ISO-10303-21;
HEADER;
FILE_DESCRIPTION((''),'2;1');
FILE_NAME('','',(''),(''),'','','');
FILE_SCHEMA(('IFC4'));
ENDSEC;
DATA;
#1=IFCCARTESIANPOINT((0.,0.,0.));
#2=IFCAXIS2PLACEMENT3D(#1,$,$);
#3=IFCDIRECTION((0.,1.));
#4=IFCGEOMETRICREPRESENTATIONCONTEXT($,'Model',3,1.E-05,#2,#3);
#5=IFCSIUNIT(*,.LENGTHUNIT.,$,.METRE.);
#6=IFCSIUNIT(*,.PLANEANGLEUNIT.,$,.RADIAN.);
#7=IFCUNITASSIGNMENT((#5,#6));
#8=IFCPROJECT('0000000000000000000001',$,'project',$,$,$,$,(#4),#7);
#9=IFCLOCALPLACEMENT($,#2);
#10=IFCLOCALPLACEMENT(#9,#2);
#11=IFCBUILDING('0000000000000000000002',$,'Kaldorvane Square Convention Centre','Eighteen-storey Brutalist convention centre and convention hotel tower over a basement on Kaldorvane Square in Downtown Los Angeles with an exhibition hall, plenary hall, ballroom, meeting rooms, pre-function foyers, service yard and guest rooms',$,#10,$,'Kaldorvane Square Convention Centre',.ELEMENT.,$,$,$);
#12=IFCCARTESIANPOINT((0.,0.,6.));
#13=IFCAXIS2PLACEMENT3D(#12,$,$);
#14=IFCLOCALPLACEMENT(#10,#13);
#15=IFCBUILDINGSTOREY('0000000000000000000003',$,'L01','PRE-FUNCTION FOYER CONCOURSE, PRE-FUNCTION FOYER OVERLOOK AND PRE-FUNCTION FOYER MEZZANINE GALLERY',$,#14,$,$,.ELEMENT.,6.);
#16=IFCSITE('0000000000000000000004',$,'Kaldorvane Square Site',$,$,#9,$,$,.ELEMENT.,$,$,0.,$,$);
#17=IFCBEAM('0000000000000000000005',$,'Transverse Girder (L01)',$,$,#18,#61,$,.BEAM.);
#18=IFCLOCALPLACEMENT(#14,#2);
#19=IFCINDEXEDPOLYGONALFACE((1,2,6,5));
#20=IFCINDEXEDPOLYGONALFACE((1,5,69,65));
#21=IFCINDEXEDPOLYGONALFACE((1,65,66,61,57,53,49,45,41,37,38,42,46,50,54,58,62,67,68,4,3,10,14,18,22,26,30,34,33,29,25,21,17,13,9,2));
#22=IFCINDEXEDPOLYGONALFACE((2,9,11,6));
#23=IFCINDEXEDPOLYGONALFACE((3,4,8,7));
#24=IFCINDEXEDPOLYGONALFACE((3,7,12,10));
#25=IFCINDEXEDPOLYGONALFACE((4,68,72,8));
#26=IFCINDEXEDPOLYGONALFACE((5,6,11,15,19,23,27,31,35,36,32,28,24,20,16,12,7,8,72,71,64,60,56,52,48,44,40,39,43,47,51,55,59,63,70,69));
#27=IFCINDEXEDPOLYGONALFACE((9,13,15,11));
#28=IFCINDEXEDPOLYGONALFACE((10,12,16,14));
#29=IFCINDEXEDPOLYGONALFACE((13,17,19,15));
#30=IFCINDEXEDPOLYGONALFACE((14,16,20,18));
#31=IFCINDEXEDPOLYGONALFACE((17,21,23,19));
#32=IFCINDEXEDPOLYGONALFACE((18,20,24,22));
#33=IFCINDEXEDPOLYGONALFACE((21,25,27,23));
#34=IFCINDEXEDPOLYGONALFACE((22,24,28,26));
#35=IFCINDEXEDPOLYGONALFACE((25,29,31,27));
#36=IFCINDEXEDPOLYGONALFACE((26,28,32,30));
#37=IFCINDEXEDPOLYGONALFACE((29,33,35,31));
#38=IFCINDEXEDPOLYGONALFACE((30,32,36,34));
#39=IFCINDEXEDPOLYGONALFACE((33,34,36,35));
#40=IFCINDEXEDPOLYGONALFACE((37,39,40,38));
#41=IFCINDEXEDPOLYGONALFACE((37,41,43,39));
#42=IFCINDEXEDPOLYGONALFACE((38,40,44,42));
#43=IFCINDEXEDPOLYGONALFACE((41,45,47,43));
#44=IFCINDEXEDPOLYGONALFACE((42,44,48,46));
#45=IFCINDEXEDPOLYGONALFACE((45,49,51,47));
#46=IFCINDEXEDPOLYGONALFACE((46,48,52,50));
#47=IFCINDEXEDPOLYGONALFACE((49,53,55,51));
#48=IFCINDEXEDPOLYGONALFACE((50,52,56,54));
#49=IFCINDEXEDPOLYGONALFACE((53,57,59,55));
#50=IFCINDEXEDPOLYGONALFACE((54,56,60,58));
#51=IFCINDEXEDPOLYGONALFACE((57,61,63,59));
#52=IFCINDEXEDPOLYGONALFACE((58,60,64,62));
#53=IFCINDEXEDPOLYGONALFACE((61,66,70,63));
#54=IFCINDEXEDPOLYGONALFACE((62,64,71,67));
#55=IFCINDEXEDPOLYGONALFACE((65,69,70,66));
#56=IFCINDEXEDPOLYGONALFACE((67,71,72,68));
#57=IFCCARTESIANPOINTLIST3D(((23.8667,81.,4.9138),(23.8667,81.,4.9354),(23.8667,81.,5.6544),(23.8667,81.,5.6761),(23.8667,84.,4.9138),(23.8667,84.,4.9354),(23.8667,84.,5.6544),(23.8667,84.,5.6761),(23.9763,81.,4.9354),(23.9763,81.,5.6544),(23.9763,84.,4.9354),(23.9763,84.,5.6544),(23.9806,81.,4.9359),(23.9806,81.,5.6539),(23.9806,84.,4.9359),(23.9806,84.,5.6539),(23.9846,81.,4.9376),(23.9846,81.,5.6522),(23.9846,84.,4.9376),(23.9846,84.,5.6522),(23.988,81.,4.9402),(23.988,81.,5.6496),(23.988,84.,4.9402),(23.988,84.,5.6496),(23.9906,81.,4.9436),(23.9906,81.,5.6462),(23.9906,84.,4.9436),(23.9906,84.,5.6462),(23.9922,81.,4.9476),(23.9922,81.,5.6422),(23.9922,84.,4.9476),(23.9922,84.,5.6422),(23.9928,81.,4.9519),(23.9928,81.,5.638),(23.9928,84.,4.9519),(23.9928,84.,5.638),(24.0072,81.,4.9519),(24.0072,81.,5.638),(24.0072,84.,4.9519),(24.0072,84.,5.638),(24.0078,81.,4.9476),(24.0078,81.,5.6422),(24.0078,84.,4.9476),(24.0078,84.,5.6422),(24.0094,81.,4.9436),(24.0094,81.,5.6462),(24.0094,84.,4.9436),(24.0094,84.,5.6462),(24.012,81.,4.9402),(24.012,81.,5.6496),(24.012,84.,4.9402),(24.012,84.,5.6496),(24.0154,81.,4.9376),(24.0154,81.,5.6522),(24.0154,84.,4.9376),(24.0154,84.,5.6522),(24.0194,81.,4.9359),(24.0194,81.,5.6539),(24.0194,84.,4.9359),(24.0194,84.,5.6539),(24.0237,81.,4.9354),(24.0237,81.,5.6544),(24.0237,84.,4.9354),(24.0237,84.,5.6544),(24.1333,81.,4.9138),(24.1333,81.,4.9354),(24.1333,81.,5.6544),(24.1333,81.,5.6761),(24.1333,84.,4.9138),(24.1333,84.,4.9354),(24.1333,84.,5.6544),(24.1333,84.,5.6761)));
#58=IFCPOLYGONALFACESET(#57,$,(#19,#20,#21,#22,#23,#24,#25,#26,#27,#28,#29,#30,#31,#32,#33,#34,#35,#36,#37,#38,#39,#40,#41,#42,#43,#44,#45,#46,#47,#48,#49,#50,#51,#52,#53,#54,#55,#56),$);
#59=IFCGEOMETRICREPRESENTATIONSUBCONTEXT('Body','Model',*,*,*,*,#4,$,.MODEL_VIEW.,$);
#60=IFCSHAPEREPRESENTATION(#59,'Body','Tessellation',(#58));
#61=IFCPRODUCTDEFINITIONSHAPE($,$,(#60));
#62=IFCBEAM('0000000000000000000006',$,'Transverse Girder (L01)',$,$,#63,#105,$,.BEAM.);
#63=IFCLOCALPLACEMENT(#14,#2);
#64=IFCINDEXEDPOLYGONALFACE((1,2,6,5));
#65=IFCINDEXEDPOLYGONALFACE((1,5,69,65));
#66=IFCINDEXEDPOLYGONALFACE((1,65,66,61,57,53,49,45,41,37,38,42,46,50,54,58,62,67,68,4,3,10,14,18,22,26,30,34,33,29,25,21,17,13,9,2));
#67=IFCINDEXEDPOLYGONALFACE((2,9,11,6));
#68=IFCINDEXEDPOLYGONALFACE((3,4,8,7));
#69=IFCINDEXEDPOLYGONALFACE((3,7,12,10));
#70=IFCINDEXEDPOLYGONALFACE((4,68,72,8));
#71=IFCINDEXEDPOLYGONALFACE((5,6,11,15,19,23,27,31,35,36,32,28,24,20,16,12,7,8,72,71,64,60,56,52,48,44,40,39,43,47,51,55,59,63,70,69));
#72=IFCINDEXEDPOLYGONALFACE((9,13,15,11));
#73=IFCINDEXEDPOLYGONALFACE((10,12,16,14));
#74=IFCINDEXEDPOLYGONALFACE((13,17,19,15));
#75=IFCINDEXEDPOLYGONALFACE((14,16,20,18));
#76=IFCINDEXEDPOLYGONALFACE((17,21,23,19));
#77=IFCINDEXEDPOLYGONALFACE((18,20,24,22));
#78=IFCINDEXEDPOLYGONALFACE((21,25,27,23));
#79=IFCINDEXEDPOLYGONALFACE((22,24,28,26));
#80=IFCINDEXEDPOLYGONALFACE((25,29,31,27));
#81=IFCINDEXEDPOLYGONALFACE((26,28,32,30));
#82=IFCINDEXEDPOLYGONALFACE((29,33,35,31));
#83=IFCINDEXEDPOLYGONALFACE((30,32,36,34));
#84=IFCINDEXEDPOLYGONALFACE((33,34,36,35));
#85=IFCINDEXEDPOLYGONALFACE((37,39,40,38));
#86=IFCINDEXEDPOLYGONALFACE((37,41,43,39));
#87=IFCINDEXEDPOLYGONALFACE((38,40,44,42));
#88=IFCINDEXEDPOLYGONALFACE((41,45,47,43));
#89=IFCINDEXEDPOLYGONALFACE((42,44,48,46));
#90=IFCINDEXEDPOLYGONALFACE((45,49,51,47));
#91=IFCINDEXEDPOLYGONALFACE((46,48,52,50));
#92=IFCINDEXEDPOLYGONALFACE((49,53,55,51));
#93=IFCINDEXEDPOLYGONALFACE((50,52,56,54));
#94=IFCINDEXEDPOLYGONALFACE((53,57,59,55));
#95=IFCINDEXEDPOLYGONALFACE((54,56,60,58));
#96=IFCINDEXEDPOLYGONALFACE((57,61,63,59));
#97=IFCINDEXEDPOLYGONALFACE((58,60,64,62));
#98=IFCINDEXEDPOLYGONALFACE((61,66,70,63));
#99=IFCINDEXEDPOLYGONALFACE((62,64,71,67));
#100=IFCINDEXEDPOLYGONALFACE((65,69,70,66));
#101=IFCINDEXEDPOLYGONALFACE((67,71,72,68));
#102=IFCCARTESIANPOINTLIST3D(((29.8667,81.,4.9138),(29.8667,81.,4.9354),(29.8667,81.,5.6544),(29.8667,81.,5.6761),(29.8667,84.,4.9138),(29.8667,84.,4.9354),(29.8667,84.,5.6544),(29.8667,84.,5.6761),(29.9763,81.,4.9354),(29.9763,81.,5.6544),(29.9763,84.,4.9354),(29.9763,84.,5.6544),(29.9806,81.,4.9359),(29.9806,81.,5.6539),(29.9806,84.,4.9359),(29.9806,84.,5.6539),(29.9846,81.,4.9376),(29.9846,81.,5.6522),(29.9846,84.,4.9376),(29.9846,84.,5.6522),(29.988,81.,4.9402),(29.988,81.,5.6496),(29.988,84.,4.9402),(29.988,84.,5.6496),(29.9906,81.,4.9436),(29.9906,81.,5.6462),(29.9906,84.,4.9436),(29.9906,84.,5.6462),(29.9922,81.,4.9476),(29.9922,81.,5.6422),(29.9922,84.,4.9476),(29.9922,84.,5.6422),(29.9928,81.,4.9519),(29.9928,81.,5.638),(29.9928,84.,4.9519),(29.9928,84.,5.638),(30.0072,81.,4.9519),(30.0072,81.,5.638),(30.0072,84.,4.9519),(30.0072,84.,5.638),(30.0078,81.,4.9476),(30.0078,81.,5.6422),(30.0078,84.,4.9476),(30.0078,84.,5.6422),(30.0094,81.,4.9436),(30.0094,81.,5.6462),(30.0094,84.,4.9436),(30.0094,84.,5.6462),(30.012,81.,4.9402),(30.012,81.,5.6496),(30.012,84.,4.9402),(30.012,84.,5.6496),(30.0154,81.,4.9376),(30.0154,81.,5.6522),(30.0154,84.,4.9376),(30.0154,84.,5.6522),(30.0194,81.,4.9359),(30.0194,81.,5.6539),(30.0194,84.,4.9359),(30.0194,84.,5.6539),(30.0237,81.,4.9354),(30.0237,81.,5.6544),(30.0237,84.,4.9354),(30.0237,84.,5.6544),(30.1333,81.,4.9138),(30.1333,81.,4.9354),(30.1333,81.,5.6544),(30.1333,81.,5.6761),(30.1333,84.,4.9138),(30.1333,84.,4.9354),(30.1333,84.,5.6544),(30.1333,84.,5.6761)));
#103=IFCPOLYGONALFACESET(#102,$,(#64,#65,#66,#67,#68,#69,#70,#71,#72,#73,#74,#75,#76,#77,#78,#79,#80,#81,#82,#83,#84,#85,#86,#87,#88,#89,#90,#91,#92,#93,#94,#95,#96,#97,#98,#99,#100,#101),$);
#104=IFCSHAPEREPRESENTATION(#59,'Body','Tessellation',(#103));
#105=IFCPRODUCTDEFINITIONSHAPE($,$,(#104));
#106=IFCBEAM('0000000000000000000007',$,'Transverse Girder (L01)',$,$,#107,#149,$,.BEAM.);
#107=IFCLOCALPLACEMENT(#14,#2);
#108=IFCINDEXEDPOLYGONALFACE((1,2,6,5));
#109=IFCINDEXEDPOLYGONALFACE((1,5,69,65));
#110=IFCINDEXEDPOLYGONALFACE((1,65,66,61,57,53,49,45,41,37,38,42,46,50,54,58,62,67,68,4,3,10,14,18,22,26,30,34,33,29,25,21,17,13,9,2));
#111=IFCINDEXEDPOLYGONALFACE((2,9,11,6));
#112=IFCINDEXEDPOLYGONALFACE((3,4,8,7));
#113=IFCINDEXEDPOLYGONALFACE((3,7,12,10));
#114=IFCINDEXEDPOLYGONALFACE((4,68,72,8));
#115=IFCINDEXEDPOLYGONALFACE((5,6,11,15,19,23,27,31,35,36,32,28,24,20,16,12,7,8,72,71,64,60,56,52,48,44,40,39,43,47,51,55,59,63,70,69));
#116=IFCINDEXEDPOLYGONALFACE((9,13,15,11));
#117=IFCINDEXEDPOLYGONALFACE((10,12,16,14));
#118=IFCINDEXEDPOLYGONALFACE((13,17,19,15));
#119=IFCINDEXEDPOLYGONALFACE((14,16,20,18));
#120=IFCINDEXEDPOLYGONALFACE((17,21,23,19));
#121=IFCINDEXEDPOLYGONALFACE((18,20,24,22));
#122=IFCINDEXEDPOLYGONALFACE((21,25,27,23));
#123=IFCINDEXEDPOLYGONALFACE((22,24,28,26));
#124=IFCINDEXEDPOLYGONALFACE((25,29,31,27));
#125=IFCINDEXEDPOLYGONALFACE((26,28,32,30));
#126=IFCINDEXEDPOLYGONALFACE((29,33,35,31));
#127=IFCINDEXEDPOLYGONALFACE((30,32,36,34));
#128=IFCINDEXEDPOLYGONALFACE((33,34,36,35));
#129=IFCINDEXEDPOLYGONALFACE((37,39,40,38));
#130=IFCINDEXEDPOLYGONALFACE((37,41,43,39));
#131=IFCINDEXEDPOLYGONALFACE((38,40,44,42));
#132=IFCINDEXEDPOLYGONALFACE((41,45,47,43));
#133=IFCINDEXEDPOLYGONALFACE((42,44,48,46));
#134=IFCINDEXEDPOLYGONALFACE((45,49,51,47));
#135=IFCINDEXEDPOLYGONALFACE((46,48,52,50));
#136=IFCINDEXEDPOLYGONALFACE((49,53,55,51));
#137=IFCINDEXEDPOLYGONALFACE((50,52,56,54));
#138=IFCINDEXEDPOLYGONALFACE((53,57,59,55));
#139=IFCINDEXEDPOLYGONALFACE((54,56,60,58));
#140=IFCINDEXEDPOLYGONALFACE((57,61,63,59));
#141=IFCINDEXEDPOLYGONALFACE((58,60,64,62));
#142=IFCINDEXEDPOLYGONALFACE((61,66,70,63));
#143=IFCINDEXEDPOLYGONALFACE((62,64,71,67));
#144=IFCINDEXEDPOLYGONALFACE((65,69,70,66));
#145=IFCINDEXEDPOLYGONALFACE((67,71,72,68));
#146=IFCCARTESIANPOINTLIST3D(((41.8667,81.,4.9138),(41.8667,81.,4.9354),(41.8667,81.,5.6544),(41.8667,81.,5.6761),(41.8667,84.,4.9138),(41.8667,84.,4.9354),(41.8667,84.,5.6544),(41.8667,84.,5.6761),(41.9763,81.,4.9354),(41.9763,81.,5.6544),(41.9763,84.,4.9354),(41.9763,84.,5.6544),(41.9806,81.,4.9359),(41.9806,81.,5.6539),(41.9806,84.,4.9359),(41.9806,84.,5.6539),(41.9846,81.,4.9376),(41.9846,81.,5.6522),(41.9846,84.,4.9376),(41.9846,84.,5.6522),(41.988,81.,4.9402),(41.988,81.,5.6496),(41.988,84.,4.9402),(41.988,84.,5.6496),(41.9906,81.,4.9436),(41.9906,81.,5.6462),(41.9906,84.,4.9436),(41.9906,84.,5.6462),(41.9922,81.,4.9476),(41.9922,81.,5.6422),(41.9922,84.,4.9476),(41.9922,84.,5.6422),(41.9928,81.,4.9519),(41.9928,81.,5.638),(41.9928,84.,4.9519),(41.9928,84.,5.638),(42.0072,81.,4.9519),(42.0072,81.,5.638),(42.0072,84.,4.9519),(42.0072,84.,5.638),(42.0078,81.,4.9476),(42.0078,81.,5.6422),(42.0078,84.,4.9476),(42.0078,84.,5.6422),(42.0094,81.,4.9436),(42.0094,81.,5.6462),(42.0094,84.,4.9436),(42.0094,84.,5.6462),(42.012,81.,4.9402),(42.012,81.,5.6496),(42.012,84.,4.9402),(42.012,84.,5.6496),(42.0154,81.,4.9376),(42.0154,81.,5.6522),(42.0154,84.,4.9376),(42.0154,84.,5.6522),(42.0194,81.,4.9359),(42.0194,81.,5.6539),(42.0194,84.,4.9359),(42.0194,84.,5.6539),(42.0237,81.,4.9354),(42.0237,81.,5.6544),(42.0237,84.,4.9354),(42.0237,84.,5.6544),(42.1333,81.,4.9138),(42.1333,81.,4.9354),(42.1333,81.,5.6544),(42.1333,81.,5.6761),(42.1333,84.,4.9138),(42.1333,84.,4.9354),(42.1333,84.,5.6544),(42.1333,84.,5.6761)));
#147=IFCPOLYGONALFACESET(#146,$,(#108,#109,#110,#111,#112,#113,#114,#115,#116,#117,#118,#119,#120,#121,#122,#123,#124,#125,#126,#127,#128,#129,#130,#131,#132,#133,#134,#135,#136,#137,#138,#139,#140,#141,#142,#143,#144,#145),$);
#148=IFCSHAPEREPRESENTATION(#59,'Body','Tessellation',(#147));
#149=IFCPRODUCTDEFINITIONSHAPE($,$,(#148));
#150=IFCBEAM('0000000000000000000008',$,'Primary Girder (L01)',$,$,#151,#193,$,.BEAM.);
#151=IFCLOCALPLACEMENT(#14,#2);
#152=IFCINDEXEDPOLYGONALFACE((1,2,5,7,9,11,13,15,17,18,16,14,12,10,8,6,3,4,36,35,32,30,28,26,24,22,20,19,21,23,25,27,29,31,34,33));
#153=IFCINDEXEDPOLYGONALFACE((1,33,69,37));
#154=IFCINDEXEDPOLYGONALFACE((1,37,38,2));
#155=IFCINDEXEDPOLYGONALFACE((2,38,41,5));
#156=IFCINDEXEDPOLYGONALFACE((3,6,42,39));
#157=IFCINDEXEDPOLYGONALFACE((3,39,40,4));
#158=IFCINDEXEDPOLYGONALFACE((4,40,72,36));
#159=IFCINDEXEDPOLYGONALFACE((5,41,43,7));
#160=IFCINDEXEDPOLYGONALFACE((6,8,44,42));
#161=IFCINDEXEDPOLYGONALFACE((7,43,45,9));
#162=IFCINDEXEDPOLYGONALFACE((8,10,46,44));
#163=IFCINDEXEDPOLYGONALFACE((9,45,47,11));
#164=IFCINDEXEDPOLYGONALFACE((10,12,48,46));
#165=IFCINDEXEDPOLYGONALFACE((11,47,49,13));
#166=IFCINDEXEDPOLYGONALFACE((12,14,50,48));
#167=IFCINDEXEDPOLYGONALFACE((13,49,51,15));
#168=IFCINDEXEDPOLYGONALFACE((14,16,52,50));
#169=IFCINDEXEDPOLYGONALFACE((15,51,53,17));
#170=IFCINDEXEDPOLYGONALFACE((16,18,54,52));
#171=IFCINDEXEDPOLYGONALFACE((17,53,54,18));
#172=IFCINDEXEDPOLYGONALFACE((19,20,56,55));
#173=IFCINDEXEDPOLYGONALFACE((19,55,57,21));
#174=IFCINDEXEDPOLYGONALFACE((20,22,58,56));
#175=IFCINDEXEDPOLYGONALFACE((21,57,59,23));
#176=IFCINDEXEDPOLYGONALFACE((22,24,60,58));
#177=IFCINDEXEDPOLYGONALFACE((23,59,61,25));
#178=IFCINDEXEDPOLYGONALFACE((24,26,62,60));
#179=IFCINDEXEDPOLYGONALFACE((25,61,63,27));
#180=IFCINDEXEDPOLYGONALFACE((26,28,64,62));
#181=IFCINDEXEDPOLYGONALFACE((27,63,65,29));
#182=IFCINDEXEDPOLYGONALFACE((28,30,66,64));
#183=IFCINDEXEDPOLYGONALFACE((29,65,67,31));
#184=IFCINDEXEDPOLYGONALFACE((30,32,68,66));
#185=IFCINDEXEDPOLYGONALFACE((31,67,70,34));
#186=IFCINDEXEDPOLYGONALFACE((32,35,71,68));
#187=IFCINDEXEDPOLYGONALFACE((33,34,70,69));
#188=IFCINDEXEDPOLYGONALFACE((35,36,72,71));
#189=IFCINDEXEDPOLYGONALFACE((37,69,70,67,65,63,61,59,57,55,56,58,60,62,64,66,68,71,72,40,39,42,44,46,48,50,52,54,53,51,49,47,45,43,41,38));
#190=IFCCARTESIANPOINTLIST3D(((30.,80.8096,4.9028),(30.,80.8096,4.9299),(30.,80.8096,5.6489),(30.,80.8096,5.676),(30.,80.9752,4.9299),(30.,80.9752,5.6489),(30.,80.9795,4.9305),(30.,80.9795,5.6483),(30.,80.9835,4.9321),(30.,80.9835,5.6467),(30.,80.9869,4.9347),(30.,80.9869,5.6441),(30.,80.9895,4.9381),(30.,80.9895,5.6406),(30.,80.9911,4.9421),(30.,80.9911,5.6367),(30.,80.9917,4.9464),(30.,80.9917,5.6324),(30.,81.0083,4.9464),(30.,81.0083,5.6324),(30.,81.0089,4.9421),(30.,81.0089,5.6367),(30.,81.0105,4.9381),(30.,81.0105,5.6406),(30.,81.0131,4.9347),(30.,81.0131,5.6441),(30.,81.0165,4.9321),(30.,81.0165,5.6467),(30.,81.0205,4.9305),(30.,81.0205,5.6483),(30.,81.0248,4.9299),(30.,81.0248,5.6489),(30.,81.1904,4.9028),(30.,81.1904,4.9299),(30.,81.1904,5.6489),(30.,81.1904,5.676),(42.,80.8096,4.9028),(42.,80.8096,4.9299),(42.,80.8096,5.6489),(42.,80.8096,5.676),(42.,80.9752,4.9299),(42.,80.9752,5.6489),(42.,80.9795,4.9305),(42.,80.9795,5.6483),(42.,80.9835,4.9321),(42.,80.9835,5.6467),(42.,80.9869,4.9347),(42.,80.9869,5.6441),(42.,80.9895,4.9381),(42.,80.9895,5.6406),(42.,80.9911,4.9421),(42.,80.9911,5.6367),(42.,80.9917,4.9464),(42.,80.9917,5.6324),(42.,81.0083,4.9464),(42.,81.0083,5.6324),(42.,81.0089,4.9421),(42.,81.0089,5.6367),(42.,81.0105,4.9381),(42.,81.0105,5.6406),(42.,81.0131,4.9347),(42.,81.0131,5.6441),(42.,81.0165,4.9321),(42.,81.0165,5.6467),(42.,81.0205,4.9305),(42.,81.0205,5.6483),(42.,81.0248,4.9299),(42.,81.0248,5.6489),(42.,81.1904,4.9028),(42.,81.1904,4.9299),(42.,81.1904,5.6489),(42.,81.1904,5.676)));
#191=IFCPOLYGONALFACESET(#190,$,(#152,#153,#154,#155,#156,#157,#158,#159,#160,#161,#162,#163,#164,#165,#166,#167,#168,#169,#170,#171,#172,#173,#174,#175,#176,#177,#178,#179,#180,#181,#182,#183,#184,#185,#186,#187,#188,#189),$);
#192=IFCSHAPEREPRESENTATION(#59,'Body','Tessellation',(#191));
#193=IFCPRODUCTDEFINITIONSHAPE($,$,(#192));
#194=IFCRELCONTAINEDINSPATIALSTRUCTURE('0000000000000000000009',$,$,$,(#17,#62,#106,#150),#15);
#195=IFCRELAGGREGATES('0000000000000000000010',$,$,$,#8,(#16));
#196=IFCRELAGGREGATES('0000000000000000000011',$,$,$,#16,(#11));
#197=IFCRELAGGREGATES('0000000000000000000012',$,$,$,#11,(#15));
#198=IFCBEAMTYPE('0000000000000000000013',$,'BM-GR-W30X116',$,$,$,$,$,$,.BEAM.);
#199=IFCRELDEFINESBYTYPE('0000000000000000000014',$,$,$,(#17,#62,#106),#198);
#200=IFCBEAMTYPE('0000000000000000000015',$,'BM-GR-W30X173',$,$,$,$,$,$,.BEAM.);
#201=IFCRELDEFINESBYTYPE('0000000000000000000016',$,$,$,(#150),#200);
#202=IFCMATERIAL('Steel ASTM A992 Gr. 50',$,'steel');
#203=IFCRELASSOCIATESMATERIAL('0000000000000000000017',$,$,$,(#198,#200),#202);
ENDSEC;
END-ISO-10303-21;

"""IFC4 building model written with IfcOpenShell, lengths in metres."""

from ifc_helpers import new_model, si_unit, direction, frame, origin, origin_2d, place, context, subcontext, project, spatial, i_section, extrude, material, material_profile, profile_set, type_object, element, save


model = new_model("IFC4")

# Units and contexts
model_context = context("Model", 3, precision=1e-05, world=origin(), true_north=direction((0.0, 1.0)))
body_context = subcontext(model_context, "Body", "Model", "MODEL_VIEW")
ifc_project = project(units=[si_unit("LENGTHUNIT", "METRE"), si_unit("PLANEANGLEUNIT", "RADIAN")], contexts=[model_context])

# Site, building, storey
site_placement = place(None, origin())
site = spatial("IfcSite", under=ifc_project, at=site_placement, Name="Kaldorvane Square Site", CompositionType="ELEMENT", RefElevation=0.0)
building_placement = place(site_placement, origin())
building = spatial("IfcBuilding", under=site, at=building_placement, Name="Kaldorvane Square Convention Centre", Description="Eighteen-storey Brutalist convention centre and convention hotel tower over a basement on Kaldorvane Square in Downtown Los Angeles with an exhibition hall, plenary hall, ballroom, meeting rooms, pre-function foyers, service yard and guest rooms", LongName="Kaldorvane Square Convention Centre", CompositionType="ELEMENT")
storey_placement = place(building_placement, frame((0.0, 0.0, 6.0)))
storey = spatial("IfcBuildingStorey", under=building, at=storey_placement, Name="L01", Description="PRE-FUNCTION FOYER CONCOURSE, PRE-FUNCTION FOYER OVERLOOK AND PRE-FUNCTION FOYER MEZZANINE GALLERY", CompositionType="ELEMENT", Elevation=6.0)

# Shared definitions
ifc_material_1 = material(Name="Steel ASTM A992 Gr. 50", Category="steel")

# Beams
ifc_material_profile_1 = material_profile(ifc_material_1, i_section(OverallWidth=0.2666, OverallDepth=0.7623, WebThickness=0.0144, FlangeThickness=0.0216, FilletRadius=0.0165, at=origin_2d()), Name="W30X116")
ifc_profile_set_1 = profile_set([ifc_material_profile_1], Name="Steel ASTM A992 Gr. 50")
beam_type_1 = type_object("IfcBeamType", Name="BM-GR-W30X116", PredefinedType="BEAM", material=ifc_profile_set_1)
for number, where, z_axis, x_axis, name in (
    (1, (24.0, 81.0, 5.2949), (0.0, 1.0, 0.0), (-1.0, 0.0, 0.0), "Transverse Girder (L01)"),
    (2, (30.0, 81.0, 5.2949), (0.0, 1.0, 0.0), (-1.0, 0.0, 0.0), "Transverse Girder (L01)"),
    (3, (42.0, 81.0, 5.2949), (0.0, 1.0, 0.0), (-1.0, 0.0, 0.0), "Transverse Girder (L01)"),
):
    element("IfcBeam", number, at=place(storey_placement, frame(where, z_axis=z_axis, x_axis=x_axis)), inside=storey, type_object=beam_type_1, Name=name, PredefinedType="BEAM", context=body_context, shape_type="SweptSolid", body=[
        extrude(i_section(OverallWidth=0.2666, OverallDepth=0.7623, WebThickness=0.0144, FlangeThickness=0.0216, FilletRadius=0.0165, at=origin_2d()), origin(), (0.0, 0.0, 1.0), 3.0),
    ])
ifc_material_profile_2 = material_profile(ifc_material_1, i_section(OverallWidth=0.3807, OverallDepth=0.7732, WebThickness=0.0166, FlangeThickness=0.0271, FilletRadius=0.0165, at=origin_2d()), Name="W30X173")
ifc_profile_set_2 = profile_set([ifc_material_profile_2], Name="Steel ASTM A992 Gr. 50")
beam_type_2 = type_object("IfcBeamType", Name="BM-GR-W30X173", PredefinedType="BEAM", material=ifc_profile_set_2)
for number, where, z_axis, x_axis, name in (
    (4, (30.0, 81.0, 5.2894), (1.0, 0.0, 0.0), (0.0, 1.0, 0.0), "Primary Girder (L01)"),
):
    element("IfcBeam", number, at=place(storey_placement, frame(where, z_axis=z_axis, x_axis=x_axis)), inside=storey, type_object=beam_type_2, Name=name, PredefinedType="BEAM", context=body_context, shape_type="SweptSolid", body=[
        extrude(i_section(OverallWidth=0.3807, OverallDepth=0.7732, WebThickness=0.0166, FlangeThickness=0.0271, FilletRadius=0.0165, at=origin_2d()), origin(), (0.0, 0.0, 1.0), 12.0),
    ])

save(model, "model.ifc")
